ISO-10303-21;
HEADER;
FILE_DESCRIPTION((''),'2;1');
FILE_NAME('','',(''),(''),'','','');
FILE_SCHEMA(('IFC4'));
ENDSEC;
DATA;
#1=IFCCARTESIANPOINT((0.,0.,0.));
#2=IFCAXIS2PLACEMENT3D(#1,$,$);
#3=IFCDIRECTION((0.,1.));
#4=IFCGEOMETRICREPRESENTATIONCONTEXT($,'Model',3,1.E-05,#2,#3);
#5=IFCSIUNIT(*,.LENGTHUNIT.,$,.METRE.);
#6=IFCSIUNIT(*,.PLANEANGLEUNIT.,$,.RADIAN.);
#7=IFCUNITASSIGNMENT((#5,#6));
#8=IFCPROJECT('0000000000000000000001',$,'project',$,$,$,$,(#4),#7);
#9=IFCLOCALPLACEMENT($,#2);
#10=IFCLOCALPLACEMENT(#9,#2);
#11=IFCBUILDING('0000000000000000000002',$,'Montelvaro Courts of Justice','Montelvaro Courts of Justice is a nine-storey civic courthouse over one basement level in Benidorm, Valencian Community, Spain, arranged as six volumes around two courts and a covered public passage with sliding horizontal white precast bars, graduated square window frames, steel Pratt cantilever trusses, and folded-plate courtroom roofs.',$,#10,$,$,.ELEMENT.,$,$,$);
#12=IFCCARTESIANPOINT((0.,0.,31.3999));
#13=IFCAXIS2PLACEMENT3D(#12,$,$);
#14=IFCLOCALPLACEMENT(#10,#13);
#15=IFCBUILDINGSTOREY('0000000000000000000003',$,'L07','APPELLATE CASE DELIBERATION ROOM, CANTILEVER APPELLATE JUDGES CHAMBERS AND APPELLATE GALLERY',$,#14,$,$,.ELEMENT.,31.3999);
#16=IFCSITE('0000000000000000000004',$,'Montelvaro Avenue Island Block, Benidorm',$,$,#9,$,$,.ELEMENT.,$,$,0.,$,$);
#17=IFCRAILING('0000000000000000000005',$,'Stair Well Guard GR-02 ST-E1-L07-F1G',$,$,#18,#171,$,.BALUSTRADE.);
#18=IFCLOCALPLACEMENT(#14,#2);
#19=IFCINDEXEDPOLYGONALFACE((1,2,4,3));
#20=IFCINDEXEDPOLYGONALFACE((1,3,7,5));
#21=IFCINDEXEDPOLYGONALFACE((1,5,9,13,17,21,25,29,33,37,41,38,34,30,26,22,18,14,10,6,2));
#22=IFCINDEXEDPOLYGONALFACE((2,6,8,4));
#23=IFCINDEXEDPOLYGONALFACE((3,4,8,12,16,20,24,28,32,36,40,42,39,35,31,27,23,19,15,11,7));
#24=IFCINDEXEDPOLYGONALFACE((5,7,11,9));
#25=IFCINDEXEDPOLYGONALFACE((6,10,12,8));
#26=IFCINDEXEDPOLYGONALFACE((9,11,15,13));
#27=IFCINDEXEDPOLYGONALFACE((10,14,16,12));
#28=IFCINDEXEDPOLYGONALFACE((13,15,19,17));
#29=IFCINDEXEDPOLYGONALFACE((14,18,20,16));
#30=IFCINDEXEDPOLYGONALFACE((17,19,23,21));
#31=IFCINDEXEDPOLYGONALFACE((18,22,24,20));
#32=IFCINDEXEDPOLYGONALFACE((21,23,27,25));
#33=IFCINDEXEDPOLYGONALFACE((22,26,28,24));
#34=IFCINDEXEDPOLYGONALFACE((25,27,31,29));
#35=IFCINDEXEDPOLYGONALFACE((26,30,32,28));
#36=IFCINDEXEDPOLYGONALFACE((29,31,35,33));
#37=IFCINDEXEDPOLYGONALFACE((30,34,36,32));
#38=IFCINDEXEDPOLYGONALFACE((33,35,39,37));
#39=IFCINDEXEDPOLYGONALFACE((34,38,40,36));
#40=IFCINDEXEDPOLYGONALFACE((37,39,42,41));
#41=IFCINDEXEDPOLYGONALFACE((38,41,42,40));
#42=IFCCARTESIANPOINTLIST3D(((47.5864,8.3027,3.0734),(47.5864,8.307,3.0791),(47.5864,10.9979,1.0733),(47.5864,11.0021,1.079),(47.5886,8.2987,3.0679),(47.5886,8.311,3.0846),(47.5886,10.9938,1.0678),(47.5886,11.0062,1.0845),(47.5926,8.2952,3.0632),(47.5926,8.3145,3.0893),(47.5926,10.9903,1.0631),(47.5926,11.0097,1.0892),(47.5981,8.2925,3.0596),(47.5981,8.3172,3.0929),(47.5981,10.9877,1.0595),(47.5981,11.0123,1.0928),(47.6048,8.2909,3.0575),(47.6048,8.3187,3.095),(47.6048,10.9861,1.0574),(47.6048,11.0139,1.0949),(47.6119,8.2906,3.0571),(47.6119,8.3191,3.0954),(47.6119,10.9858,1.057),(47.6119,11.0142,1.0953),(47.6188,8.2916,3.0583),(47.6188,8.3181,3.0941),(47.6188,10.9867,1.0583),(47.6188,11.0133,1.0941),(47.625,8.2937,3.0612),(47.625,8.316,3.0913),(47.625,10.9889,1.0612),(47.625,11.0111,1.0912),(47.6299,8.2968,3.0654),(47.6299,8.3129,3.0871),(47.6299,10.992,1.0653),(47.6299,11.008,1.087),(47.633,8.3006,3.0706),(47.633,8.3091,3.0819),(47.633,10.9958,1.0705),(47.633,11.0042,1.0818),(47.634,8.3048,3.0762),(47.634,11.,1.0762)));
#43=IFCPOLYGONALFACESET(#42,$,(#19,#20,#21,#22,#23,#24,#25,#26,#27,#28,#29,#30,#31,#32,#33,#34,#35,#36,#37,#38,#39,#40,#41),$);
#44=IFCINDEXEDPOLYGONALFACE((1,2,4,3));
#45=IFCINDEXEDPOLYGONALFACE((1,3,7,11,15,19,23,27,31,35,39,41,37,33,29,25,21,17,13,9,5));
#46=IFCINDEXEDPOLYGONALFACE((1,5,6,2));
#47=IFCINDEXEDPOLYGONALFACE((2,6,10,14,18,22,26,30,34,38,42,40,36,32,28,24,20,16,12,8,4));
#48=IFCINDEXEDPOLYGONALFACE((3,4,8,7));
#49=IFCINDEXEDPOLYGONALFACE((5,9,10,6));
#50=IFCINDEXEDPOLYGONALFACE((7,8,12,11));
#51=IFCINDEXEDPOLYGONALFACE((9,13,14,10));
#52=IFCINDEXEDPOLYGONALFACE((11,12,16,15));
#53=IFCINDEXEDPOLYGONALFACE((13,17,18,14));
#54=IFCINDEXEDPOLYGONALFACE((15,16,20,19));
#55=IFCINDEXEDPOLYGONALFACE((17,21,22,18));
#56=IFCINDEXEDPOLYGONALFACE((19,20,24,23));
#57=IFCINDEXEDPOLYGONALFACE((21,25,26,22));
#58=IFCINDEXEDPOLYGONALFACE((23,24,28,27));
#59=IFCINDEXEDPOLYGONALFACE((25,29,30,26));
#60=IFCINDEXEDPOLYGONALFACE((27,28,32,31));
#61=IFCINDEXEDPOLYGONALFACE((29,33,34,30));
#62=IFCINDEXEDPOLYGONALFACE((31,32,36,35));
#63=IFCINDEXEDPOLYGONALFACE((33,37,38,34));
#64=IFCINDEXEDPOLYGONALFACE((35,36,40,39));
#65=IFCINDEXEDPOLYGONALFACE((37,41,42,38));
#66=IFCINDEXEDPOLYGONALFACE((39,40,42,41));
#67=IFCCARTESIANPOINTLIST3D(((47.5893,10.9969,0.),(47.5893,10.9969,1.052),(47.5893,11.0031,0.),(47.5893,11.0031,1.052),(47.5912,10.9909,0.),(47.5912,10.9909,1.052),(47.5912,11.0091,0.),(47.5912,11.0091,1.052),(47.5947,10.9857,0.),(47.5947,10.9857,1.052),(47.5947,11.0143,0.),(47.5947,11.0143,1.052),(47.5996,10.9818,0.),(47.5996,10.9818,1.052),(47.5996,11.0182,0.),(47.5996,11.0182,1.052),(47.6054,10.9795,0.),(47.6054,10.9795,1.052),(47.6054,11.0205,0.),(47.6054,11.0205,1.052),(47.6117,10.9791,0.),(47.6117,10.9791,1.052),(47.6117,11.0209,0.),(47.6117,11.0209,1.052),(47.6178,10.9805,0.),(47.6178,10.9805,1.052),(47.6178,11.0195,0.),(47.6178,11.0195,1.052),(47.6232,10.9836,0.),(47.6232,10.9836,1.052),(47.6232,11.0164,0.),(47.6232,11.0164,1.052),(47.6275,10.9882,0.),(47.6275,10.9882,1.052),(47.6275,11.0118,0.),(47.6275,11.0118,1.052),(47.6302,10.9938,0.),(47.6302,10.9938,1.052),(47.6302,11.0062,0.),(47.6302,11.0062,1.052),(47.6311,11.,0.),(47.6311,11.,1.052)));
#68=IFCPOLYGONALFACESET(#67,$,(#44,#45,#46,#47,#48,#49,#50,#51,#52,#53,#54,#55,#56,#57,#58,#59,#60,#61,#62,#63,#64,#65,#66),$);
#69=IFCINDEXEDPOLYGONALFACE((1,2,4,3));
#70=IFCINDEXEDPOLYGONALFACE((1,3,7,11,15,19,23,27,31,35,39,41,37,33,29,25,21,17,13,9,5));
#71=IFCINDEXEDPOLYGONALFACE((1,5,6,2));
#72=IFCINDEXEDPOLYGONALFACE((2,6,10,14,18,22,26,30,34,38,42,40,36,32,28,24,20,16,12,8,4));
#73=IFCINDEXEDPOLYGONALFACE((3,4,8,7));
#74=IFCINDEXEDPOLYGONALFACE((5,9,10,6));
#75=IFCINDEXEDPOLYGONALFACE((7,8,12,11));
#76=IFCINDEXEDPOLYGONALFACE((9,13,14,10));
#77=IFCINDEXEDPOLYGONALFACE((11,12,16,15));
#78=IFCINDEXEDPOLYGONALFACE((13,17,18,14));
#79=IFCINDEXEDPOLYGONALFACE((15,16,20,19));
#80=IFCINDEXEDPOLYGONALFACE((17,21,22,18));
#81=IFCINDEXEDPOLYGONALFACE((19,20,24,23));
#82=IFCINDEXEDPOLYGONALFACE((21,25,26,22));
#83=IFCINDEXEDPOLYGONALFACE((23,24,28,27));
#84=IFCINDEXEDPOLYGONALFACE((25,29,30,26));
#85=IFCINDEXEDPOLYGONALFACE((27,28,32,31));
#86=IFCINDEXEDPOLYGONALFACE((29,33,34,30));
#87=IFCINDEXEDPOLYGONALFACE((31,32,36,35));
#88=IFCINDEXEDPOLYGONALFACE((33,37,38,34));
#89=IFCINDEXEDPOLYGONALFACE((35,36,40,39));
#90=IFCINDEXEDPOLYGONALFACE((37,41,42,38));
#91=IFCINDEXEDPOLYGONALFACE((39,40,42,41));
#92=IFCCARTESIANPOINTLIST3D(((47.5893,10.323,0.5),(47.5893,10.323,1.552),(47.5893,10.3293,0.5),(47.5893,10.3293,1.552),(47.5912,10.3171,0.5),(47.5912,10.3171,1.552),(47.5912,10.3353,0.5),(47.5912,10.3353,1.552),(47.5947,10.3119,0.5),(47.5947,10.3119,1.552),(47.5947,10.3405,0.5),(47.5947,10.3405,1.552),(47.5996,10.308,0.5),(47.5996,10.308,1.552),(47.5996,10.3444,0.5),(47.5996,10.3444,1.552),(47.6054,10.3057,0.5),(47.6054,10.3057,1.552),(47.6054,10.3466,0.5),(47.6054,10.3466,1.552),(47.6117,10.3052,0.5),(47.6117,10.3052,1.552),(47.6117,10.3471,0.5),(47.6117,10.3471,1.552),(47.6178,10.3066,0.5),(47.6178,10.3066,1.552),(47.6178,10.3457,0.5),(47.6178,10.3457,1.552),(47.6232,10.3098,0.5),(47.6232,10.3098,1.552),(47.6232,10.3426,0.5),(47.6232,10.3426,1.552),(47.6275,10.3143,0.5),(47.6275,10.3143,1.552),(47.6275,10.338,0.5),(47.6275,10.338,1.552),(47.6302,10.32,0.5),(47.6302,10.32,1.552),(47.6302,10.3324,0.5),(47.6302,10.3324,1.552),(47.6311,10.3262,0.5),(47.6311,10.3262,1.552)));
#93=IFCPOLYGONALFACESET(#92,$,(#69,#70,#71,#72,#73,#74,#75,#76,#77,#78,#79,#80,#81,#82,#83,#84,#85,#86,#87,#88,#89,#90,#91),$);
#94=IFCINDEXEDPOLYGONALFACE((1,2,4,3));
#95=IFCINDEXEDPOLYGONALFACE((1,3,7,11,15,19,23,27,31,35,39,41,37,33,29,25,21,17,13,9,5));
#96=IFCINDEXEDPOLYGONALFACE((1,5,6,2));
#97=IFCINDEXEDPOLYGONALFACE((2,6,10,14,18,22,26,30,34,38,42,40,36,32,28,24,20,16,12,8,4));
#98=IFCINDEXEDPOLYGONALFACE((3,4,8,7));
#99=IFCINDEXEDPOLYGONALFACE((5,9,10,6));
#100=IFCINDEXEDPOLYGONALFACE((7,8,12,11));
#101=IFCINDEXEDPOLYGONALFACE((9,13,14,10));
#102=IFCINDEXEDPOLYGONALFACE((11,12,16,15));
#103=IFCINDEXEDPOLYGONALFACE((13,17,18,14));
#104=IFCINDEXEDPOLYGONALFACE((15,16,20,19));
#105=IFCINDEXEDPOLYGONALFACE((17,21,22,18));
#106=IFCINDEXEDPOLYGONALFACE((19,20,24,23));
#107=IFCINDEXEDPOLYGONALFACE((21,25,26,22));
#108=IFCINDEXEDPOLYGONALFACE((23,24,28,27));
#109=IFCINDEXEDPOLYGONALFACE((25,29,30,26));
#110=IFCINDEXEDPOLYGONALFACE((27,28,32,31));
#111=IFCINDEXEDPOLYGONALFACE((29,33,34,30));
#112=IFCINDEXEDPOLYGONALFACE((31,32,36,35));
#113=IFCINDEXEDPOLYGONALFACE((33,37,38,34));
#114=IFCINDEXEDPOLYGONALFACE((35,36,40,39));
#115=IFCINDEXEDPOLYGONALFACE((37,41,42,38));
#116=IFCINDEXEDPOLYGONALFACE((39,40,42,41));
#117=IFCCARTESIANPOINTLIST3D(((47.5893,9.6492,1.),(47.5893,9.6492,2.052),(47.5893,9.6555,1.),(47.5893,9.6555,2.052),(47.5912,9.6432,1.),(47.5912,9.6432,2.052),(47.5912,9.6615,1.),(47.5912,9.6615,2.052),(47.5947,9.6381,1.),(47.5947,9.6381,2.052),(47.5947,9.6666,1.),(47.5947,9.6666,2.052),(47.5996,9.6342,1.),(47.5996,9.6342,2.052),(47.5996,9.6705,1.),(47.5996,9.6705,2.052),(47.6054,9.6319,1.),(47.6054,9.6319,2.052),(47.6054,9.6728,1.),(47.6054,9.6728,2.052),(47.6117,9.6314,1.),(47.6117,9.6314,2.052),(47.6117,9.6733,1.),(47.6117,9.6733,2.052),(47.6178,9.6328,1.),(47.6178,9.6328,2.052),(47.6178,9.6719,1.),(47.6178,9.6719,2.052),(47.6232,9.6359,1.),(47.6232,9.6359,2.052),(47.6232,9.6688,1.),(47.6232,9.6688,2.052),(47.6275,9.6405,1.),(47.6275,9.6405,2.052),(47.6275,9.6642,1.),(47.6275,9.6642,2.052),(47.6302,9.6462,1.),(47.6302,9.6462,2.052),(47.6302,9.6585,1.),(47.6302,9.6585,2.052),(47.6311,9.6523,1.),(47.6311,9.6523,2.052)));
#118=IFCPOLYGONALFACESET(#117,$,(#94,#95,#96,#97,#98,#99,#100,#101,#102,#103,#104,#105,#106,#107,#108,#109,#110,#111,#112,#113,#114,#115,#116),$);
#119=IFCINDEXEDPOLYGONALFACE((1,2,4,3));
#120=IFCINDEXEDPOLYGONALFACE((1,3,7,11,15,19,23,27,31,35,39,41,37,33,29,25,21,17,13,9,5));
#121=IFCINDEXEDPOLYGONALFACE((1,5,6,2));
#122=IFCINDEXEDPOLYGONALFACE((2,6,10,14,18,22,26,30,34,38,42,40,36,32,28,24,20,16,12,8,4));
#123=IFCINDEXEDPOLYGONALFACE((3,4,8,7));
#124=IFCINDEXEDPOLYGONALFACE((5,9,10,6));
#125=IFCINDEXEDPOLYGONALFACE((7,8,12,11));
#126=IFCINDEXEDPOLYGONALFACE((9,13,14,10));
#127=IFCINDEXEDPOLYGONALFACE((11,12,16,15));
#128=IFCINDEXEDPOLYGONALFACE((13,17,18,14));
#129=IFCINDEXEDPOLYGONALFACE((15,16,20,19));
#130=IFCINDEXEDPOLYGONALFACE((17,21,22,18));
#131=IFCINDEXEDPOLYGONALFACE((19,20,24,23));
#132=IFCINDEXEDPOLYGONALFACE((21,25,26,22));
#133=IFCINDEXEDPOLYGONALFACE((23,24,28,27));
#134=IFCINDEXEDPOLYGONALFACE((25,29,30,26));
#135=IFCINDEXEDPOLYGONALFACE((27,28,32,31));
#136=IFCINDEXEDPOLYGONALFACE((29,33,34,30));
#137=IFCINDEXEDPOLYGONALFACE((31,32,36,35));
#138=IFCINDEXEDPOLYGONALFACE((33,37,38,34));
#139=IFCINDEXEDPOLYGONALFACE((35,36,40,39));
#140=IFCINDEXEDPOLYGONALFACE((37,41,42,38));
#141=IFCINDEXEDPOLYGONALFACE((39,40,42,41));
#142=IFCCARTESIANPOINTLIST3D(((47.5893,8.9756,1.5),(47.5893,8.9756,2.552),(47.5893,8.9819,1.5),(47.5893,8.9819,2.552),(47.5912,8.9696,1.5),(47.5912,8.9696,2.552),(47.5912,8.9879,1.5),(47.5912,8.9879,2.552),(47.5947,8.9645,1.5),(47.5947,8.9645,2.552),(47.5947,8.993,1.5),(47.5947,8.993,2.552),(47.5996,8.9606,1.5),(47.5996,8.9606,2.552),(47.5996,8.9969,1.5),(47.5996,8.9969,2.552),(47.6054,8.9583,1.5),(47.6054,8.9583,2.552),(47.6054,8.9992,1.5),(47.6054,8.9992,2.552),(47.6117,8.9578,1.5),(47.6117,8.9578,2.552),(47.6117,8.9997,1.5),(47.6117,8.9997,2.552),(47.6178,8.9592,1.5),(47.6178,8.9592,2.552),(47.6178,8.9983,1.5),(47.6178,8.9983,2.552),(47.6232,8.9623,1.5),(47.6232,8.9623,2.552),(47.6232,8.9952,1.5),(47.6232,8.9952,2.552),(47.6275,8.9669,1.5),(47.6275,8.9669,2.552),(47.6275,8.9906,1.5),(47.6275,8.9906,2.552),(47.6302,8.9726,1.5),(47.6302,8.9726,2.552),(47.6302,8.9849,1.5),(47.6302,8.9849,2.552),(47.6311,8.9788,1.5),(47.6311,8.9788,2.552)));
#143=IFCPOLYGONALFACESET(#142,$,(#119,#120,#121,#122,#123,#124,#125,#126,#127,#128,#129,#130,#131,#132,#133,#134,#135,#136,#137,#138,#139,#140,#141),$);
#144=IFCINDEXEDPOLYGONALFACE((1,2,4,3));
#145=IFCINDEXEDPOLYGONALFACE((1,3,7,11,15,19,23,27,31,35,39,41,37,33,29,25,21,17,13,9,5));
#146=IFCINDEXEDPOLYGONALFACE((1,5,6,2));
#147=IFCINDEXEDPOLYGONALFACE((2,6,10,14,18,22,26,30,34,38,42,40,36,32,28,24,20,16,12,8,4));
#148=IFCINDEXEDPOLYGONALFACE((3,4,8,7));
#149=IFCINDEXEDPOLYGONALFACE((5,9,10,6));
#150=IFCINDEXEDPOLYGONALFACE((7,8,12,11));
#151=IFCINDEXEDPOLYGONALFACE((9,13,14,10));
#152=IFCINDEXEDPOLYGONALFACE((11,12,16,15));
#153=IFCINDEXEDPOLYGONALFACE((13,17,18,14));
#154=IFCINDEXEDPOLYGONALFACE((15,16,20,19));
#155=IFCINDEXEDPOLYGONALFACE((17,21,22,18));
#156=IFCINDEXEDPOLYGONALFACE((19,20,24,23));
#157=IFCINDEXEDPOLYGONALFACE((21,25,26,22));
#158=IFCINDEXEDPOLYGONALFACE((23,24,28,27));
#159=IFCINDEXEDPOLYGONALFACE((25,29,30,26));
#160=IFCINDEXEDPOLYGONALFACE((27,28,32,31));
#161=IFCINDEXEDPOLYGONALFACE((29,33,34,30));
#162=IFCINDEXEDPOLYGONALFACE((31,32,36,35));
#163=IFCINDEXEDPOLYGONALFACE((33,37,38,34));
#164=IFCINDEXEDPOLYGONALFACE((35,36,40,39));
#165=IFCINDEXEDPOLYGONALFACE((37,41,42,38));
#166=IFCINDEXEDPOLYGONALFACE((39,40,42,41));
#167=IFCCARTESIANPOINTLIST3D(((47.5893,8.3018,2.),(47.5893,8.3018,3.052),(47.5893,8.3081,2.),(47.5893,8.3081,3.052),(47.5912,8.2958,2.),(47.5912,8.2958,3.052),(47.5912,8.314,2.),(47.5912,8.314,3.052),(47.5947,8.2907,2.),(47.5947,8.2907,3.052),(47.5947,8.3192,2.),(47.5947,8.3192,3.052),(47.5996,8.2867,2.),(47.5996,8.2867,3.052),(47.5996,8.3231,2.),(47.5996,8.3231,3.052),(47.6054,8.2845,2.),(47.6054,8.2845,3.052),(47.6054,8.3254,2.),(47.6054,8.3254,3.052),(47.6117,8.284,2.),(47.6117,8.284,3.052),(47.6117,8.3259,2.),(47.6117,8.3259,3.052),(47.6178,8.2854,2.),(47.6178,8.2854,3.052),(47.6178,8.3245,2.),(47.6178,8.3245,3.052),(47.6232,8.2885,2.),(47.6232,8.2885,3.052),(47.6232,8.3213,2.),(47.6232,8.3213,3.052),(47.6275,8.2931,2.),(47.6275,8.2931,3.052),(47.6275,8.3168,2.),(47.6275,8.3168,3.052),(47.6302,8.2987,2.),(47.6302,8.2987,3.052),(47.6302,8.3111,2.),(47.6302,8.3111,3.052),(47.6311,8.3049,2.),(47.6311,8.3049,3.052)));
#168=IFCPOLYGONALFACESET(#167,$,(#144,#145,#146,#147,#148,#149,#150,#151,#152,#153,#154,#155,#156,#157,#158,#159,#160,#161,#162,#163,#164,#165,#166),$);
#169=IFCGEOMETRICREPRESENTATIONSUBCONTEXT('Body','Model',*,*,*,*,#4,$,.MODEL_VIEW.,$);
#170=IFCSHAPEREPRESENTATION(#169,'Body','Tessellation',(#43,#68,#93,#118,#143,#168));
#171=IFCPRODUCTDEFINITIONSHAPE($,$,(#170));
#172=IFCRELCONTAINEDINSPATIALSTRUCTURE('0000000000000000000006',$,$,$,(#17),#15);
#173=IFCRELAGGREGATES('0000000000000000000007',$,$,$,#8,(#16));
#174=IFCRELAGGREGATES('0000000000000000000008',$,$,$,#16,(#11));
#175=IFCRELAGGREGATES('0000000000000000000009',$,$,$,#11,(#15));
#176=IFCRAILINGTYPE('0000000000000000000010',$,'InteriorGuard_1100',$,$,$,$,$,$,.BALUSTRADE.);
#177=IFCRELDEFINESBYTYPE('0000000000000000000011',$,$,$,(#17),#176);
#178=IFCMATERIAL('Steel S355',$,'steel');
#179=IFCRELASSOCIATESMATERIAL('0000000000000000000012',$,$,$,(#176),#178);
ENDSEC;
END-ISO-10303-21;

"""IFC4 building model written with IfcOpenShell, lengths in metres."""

from ifc_helpers import new_model, si_unit, direction, frame, origin, origin_2d, place, context, subcontext, project, spatial, circle, extrude, material, type_object, element, save


model = new_model("IFC4")

# Units and contexts
model_context = context("Model", 3, precision=1e-05, world=origin(), true_north=direction((0.0, 1.0)))
body_context = subcontext(model_context, "Body", "Model", "MODEL_VIEW")
ifc_project = project(units=[si_unit("LENGTHUNIT", "METRE"), si_unit("PLANEANGLEUNIT", "RADIAN")], contexts=[model_context])

# Site, building, storey
site_placement = place(None, origin())
site = spatial("IfcSite", under=ifc_project, at=site_placement, Name="Montelvaro Avenue Island Block, Benidorm", CompositionType="ELEMENT", RefElevation=0.0)
building_placement = place(site_placement, origin())
building = spatial("IfcBuilding", under=site, at=building_placement, Name="Montelvaro Courts of Justice", Description="Montelvaro Courts of Justice is a nine-storey civic courthouse over one basement level in Benidorm, Valencian Community, Spain, arranged as six volumes around two courts and a covered public passage with sliding horizontal white precast bars, graduated square window frames, steel Pratt cantilever trusses, and folded-plate courtroom roofs.", CompositionType="ELEMENT")
storey_placement = place(building_placement, frame((0.0, 0.0, 31.3999)))
storey = spatial("IfcBuildingStorey", under=building, at=storey_placement, Name="L07", Description="APPELLATE CASE DELIBERATION ROOM, CANTILEVER APPELLATE JUDGES CHAMBERS AND APPELLATE GALLERY", CompositionType="ELEMENT", Elevation=31.3999)

# Shared definitions
ifc_material_1 = material(Name="Steel S355", Category="steel")

# Railing
railing_type_1 = type_object("IfcRailingType", Name="InteriorGuard_1100", PredefinedType="BALUSTRADE", material=ifc_material_1)
railing_1_placement = place(storey_placement, frame((47.6101, 11.0, 0.0)))
element("IfcRailing", 1, at=railing_1_placement, inside=storey, type_object=railing_type_1, Name="Stair Well Guard GR-02 ST-E1-L07-F1G", PredefinedType="BALUSTRADE", context=body_context, shape_type="SweptSolid", body=[
    extrude(circle(Radius=0.0239, at=origin_2d()), frame((0.0, 0.0, 1.0762), z_axis=(0.0, -0.803036, 0.59593), x_axis=(1.0, 0.0, 0.0)), (0.0, 0.0, 1.0), 3.3562),
    extrude(circle(Radius=0.021, at=origin_2d()), origin(), (0.0, 0.0, 1.0), 1.052),
    extrude(circle(Radius=0.021, at=origin_2d()), frame((0.0, -0.6738, 0.5)), (0.0, 0.0, 1.0), 1.052),
    extrude(circle(Radius=0.021, at=origin_2d()), frame((0.0, -1.3477, 1.0)), (0.0, 0.0, 1.0), 1.052),
    extrude(circle(Radius=0.021, at=origin_2d()), frame((0.0, -2.0212, 1.5)), (0.0, 0.0, 1.0), 1.052),
    extrude(circle(Radius=0.021, at=origin_2d()), frame((0.0, -2.6951, 2.0)), (0.0, 0.0, 1.0), 1.052),
])

save(model, "model.ifc")
